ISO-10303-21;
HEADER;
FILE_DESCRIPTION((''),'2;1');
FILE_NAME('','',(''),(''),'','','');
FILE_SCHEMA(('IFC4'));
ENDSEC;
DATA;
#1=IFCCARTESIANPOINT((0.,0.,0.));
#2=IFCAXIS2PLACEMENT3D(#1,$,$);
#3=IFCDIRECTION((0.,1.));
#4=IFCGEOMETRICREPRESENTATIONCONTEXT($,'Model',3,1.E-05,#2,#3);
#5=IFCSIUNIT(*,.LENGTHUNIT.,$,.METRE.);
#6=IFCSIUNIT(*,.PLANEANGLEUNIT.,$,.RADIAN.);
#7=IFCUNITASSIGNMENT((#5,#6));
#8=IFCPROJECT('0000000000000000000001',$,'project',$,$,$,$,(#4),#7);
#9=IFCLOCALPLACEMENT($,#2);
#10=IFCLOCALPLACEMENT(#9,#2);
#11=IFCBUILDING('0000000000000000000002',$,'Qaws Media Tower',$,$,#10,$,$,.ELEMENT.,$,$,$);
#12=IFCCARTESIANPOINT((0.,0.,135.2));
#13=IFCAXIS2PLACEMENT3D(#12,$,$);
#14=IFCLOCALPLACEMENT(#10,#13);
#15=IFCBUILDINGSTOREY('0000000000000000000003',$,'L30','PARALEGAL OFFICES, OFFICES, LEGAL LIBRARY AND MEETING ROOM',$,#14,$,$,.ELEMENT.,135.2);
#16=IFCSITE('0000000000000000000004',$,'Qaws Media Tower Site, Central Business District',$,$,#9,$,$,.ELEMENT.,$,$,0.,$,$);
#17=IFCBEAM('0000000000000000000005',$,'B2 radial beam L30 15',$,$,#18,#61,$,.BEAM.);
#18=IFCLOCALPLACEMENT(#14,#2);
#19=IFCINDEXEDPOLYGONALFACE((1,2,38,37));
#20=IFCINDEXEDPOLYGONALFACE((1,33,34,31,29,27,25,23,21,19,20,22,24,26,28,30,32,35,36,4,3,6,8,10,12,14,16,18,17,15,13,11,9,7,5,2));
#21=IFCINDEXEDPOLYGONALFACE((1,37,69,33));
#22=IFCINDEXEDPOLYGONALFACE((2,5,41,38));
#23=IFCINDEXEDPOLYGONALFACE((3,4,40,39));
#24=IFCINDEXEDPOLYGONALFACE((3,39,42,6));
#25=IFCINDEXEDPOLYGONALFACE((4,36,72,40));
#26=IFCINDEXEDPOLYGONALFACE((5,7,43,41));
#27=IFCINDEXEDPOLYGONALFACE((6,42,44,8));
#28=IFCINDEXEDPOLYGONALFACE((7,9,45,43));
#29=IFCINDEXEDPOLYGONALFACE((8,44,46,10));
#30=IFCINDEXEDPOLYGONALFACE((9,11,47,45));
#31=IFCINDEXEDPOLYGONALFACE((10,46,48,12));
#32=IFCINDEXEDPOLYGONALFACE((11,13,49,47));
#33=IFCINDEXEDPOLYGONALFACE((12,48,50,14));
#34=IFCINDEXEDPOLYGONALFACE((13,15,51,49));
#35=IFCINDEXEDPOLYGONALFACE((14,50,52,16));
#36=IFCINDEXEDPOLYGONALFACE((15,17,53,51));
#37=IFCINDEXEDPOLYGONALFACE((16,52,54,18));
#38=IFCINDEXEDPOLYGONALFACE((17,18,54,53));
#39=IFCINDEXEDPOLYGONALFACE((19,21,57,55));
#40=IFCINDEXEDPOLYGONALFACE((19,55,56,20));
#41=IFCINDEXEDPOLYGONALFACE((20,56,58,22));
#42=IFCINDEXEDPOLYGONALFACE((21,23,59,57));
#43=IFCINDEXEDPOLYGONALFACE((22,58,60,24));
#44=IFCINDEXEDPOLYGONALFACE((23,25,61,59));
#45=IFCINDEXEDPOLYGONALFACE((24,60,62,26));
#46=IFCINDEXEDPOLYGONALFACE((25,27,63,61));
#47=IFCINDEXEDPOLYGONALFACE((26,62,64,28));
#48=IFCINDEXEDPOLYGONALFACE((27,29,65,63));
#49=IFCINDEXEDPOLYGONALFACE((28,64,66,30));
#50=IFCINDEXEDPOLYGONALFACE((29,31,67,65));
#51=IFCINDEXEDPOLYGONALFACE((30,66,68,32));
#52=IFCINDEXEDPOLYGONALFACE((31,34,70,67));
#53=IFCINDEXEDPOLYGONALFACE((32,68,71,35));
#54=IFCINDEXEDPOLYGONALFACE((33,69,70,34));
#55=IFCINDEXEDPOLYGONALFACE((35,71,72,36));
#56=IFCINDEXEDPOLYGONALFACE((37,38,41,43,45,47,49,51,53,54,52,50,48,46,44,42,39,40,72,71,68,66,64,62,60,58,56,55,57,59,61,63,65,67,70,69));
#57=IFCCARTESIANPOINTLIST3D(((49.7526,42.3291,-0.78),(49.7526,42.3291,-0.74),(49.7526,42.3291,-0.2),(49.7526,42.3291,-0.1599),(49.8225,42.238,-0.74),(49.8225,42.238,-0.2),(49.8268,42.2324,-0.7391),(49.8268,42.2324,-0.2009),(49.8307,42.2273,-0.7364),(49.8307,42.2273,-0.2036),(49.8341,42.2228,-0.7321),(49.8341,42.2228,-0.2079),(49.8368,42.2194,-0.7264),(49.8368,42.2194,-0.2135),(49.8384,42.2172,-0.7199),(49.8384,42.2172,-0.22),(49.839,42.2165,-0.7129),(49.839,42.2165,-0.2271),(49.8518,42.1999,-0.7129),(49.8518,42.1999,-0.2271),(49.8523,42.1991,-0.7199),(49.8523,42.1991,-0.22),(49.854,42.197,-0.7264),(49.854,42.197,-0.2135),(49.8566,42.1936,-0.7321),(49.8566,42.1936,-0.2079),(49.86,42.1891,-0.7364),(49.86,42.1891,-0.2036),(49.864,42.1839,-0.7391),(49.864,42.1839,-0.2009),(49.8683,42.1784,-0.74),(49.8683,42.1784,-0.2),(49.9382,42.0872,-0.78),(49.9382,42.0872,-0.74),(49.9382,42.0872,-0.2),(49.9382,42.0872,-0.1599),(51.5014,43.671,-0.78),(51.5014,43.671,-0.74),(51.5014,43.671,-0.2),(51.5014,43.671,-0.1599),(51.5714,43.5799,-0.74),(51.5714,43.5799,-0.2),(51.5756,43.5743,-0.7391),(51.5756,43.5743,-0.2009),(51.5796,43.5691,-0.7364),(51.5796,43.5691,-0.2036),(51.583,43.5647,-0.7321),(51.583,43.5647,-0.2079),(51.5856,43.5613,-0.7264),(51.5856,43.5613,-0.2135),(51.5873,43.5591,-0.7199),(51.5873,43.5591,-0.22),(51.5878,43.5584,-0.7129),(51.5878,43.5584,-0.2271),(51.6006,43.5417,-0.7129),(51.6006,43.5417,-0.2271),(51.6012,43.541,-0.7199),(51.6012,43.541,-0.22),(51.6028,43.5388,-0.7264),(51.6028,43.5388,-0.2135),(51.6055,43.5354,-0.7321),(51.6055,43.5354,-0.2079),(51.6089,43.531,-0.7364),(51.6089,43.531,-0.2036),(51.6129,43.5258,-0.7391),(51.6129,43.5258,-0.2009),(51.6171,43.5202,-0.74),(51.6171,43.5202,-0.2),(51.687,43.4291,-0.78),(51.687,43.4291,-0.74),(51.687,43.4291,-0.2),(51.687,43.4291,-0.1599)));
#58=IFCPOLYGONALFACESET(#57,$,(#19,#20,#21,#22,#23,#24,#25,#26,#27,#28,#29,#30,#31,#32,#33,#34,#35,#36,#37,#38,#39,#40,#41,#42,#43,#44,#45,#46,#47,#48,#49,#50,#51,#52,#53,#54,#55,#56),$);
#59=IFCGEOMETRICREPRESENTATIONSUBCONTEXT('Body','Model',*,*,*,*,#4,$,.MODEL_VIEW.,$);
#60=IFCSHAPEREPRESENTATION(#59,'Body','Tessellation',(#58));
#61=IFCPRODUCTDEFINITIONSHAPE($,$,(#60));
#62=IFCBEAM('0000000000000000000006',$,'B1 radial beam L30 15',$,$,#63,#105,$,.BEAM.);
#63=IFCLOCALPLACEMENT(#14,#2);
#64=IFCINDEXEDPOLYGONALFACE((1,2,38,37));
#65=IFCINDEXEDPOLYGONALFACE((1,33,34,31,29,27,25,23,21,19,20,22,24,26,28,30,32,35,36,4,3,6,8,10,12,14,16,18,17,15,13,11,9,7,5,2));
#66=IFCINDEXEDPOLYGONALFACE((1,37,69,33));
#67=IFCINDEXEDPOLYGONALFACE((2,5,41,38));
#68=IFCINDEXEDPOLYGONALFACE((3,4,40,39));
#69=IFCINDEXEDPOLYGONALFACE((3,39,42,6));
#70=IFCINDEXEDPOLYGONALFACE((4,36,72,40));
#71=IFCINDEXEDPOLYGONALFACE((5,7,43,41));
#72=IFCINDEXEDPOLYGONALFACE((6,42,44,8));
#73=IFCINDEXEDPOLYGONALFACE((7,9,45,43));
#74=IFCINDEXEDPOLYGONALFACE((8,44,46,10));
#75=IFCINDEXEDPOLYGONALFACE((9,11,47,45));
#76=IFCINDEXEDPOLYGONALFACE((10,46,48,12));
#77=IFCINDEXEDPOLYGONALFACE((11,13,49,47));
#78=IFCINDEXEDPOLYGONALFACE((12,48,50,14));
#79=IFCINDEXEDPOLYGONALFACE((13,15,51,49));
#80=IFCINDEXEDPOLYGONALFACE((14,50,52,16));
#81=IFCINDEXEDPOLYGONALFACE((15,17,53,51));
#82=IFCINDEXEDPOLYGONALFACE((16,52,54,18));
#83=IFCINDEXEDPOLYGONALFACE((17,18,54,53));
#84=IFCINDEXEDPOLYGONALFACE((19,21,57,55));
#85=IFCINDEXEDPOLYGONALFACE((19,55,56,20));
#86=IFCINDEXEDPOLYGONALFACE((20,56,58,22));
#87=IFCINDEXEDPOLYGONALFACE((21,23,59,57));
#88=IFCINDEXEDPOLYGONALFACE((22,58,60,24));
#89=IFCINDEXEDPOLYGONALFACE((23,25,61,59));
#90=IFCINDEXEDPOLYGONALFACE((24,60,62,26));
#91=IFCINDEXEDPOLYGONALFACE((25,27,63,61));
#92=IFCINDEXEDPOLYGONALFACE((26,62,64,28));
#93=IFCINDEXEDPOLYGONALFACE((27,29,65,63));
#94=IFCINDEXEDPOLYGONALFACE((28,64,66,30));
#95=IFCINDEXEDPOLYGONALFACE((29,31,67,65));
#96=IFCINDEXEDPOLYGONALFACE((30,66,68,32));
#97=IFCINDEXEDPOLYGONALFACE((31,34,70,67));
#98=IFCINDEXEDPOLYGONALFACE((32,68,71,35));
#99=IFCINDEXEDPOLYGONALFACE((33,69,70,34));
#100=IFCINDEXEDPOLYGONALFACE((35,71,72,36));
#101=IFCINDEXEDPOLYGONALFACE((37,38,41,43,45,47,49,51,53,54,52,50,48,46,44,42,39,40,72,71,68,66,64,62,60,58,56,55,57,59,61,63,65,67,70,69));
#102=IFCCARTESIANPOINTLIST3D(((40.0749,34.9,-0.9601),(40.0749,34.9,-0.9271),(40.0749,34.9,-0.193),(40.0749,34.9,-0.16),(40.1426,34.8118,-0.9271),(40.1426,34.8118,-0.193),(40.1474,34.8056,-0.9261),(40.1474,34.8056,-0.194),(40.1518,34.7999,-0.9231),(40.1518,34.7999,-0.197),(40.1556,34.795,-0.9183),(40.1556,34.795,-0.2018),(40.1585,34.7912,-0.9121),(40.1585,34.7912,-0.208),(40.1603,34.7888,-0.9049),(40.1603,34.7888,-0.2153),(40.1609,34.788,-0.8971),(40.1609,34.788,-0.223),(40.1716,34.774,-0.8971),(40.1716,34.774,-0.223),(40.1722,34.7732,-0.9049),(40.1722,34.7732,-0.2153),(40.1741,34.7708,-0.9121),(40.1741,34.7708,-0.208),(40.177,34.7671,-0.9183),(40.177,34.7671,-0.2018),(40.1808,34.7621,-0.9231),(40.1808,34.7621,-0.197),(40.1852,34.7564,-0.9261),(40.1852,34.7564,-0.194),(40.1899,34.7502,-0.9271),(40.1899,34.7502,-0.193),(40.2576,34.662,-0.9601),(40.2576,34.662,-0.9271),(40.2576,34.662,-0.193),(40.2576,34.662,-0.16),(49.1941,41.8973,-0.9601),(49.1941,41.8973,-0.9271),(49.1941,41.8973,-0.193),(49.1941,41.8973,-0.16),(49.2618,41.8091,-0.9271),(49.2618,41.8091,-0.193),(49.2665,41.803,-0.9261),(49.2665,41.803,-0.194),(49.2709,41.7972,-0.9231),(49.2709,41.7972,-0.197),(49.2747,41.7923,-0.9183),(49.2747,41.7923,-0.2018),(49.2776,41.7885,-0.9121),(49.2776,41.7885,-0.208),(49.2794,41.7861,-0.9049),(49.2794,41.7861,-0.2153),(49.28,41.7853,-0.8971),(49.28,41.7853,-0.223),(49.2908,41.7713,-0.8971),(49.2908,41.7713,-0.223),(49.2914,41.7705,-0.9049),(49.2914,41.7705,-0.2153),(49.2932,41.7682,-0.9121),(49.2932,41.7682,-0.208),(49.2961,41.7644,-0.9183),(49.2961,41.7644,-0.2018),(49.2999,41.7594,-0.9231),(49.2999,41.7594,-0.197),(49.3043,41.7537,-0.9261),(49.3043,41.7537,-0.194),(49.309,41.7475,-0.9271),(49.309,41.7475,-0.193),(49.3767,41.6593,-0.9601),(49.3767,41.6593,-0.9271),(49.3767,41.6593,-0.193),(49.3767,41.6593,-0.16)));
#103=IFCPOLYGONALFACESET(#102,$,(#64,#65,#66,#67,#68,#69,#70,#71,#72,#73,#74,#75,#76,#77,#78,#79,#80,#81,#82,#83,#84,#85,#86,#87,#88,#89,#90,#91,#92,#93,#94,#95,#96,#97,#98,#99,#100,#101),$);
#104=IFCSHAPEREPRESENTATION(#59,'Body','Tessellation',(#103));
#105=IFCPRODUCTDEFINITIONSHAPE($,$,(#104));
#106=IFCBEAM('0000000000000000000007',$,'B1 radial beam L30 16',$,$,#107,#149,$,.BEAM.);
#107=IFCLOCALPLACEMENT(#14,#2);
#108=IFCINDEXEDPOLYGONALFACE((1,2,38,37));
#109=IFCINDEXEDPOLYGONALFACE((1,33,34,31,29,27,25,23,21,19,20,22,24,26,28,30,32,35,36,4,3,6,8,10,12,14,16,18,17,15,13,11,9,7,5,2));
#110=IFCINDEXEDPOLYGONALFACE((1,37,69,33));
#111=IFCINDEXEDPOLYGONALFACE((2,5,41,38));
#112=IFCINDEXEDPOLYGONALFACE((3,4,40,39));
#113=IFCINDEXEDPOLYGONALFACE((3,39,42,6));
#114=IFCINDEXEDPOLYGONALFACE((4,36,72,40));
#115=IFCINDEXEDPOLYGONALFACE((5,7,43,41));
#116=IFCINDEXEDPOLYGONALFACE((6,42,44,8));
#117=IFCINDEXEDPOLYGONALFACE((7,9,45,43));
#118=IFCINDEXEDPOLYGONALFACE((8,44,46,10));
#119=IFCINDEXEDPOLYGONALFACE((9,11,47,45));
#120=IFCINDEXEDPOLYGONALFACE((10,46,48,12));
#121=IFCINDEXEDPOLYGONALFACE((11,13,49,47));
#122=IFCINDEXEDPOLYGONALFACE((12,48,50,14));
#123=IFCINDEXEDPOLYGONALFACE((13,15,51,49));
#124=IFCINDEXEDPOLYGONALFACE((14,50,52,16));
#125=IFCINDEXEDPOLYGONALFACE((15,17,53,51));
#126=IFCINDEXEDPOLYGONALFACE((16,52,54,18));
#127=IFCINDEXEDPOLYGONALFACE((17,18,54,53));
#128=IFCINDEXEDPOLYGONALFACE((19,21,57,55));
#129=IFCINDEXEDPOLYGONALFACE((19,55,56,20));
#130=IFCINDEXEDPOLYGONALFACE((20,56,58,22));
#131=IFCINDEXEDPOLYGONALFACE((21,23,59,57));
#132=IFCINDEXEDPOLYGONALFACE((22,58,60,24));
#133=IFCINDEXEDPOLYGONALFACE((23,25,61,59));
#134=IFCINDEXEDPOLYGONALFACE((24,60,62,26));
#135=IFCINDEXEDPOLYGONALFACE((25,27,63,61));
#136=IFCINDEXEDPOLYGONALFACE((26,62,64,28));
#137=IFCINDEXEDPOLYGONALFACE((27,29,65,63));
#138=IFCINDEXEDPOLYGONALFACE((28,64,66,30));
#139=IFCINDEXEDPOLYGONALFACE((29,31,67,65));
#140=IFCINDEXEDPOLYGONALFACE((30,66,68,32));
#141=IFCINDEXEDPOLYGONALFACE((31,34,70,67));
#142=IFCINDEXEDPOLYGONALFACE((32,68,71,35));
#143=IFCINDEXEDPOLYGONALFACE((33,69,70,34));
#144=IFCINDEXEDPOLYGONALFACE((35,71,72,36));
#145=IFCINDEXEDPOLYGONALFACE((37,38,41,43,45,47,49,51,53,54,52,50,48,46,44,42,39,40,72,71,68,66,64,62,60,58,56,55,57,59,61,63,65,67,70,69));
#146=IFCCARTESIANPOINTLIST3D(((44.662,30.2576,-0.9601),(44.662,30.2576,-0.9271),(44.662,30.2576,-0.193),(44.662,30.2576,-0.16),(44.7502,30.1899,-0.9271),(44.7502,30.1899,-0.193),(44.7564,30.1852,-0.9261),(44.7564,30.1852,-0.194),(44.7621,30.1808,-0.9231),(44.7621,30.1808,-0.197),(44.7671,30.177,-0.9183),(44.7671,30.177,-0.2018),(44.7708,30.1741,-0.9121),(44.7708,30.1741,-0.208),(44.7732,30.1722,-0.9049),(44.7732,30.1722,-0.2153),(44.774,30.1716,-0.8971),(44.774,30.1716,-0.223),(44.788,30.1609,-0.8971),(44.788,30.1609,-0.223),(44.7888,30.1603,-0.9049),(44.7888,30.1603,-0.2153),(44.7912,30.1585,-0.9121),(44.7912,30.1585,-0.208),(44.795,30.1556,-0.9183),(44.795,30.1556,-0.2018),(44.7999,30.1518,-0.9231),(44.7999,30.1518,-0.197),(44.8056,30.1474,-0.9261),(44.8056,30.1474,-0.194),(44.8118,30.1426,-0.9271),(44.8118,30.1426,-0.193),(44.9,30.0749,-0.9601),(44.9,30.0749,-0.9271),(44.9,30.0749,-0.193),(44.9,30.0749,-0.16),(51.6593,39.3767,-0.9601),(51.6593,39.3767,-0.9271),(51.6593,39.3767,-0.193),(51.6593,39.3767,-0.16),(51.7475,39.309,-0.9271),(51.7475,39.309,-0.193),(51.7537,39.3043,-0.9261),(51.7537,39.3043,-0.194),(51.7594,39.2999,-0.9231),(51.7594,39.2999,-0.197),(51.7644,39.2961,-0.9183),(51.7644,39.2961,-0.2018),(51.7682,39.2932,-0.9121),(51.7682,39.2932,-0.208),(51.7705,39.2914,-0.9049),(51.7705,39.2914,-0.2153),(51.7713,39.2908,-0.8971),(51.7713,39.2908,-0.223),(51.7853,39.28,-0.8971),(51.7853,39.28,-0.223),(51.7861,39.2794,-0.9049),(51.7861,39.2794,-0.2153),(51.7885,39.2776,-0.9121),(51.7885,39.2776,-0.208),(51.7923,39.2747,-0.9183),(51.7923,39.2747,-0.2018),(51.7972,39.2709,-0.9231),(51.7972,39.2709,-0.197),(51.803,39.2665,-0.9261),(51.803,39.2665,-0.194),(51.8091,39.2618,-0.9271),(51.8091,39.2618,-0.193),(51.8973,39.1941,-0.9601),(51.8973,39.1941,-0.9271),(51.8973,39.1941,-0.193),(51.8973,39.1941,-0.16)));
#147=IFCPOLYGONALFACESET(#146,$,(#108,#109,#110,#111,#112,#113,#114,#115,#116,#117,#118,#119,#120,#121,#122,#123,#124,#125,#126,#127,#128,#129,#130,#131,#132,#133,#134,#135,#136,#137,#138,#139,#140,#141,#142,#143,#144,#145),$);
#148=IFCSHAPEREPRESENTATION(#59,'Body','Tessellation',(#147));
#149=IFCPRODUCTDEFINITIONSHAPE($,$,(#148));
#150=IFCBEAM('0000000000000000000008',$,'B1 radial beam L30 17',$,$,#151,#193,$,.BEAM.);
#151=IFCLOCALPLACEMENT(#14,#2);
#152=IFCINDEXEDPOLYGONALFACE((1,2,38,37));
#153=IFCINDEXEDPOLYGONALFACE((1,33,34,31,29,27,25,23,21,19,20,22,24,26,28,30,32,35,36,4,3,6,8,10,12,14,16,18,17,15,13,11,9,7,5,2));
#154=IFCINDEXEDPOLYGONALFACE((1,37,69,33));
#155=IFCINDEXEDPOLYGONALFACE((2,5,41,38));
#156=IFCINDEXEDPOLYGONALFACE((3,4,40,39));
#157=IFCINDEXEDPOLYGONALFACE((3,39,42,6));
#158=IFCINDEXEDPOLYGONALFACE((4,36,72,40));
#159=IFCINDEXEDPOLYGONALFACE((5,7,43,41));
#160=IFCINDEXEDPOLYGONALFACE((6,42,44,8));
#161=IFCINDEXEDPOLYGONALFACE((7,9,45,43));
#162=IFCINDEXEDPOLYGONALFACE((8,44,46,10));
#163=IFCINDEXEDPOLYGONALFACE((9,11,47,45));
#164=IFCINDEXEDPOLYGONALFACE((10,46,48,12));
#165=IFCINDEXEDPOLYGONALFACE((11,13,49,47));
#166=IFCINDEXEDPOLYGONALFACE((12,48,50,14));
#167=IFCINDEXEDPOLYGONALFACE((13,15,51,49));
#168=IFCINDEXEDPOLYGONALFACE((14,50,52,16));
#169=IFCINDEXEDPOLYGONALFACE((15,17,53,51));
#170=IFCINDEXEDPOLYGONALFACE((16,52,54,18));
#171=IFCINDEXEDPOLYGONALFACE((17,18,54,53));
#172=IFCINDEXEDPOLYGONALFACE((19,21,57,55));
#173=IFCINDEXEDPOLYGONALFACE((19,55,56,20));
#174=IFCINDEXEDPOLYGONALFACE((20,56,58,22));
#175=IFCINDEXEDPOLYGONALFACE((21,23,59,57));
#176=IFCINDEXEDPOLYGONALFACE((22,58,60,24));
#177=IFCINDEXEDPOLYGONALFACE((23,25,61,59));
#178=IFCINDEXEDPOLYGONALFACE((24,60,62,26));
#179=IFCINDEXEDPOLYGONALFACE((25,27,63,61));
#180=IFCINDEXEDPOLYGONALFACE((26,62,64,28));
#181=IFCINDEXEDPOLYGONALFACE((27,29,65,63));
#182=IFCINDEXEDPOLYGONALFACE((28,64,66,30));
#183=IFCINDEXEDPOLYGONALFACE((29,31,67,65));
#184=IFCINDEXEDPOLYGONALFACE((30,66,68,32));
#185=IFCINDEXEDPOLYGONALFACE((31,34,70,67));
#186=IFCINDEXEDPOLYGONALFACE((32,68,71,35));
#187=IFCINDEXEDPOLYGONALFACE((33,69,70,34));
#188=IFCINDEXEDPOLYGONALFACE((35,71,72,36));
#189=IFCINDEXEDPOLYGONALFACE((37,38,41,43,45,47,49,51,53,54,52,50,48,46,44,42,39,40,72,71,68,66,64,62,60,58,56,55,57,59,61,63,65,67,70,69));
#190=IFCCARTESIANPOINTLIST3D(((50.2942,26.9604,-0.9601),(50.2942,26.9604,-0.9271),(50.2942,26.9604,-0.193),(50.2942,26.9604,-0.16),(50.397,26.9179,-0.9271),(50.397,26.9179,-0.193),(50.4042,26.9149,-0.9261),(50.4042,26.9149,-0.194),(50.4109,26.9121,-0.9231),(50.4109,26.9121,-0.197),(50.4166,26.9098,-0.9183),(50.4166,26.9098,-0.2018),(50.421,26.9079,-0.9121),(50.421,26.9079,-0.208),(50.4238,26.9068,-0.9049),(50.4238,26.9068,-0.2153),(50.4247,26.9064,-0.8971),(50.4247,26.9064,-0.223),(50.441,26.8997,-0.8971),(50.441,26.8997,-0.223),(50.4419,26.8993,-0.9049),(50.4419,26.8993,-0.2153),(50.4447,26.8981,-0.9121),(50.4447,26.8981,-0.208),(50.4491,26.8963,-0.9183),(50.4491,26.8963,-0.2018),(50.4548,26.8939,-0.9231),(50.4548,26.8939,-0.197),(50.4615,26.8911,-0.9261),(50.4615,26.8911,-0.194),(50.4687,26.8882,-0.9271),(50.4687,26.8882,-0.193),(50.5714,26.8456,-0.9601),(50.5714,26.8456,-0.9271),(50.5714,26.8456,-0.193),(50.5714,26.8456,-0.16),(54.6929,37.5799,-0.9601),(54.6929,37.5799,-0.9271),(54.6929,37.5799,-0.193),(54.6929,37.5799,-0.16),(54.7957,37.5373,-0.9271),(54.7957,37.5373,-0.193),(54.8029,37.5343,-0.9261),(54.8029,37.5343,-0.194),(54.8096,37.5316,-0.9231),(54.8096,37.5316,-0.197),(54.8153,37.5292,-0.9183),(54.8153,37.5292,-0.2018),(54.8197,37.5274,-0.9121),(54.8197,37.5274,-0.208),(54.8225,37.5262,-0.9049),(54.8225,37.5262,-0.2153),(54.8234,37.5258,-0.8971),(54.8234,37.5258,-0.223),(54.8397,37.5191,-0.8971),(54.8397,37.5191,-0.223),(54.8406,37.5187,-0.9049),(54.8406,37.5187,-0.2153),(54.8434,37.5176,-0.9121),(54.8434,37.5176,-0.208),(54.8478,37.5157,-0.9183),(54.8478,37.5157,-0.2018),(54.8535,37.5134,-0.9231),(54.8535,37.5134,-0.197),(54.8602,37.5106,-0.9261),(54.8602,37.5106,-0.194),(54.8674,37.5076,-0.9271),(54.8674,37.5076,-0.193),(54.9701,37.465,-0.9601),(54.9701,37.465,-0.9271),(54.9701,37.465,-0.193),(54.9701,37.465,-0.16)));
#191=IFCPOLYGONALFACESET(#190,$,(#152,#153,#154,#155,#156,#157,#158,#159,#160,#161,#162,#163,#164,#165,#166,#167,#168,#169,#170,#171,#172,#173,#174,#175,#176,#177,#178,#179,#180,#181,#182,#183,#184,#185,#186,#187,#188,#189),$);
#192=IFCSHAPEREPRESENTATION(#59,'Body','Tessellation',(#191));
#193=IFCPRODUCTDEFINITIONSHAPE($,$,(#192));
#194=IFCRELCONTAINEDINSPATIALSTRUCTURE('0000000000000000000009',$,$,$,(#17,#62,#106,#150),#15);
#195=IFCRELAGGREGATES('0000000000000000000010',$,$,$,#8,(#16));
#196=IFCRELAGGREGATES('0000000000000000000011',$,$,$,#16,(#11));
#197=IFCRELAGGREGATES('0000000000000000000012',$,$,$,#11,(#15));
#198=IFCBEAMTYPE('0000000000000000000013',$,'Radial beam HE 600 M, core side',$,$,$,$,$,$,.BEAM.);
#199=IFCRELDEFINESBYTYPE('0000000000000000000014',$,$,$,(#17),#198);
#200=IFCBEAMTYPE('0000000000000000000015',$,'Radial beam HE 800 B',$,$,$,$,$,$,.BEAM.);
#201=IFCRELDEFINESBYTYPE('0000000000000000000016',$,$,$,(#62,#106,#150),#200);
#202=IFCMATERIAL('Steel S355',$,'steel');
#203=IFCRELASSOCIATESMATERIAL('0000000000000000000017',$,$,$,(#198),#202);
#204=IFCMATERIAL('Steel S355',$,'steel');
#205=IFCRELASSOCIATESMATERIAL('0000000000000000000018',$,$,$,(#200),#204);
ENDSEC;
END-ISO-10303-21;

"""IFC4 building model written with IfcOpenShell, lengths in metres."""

from ifc_helpers import new_model, si_unit, direction, frame, origin, origin_2d, place, context, subcontext, project, spatial, i_section, extrude, material, material_profile, profile_set, type_object, element, save


model = new_model("IFC4")

# Units and contexts
model_context = context("Model", 3, precision=1e-05, world=origin(), true_north=direction((0.0, 1.0)))
body_context = subcontext(model_context, "Body", "Model", "MODEL_VIEW")
ifc_project = project(units=[si_unit("LENGTHUNIT", "METRE"), si_unit("PLANEANGLEUNIT", "RADIAN")], contexts=[model_context])

# Site, building, storey
site_placement = place(None, origin())
site = spatial("IfcSite", under=ifc_project, at=site_placement, Name="Qaws Media Tower Site, Central Business District", CompositionType="ELEMENT", RefElevation=0.0)
building_placement = place(site_placement, origin())
building = spatial("IfcBuilding", under=site, at=building_placement, Name="Qaws Media Tower", CompositionType="ELEMENT")
storey_placement = place(building_placement, frame((0.0, 0.0, 135.2)))
storey = spatial("IfcBuildingStorey", under=building, at=storey_placement, Name="L30", Description="PARALEGAL OFFICES, OFFICES, LEGAL LIBRARY AND MEETING ROOM", CompositionType="ELEMENT", Elevation=135.2)

# Beams
ifc_material_1 = material(Name="Steel S355", Category="steel")
ifc_material_profile_1 = material_profile(ifc_material_1, i_section(OverallWidth=0.3049, OverallDepth=0.6201, WebThickness=0.021, FlangeThickness=0.04, FilletRadius=0.0271, at=origin_2d()), Name="HE 600 M")
ifc_profile_set_1 = profile_set([ifc_material_profile_1], Name="Steel S355")
beam_type_1 = type_object("IfcBeamType", Name="Radial beam HE 600 M, core side", PredefinedType="BEAM", material=ifc_profile_set_1)
beam_1_placement = place(storey_placement, frame((51.5942, 43.55, -0.47), z_axis=(-0.793373, -0.608736, 0.0), x_axis=(0.608736, -0.793373, 0.0)))
element("IfcBeam", 1, at=beam_1_placement, inside=storey, type_object=beam_type_1, Name="B2 radial beam L30 15", PredefinedType="BEAM", context=body_context, shape_type="SweptSolid", body=[
    extrude(i_section(OverallWidth=0.3049, OverallDepth=0.6201, WebThickness=0.021, FlangeThickness=0.04, FilletRadius=0.0271, at=origin_2d()), origin(), (0.0, 0.0, 1.0), 2.2043),
])
ifc_material_2 = material(Name="Steel S355", Category="steel")
ifc_material_profile_2 = material_profile(ifc_material_2, i_section(OverallWidth=0.3, OverallDepth=0.8, WebThickness=0.0176, FlangeThickness=0.033, FilletRadius=0.03, at=origin_2d()), Name="HE 800 B")
ifc_profile_set_2 = profile_set([ifc_material_profile_2], Name="Steel S355")
beam_type_2 = type_object("IfcBeamType", Name="Radial beam HE 800 B", PredefinedType="BEAM", material=ifc_profile_set_2)
for number, where, z_axis, x_axis, name in (
    (2, (49.2854, 41.7783, -0.5601), (-0.793355, -0.608759, 0.0), (0.608759, -0.793355, 0.0), "B1 radial beam L30 15"),
    (3, (51.7783, 39.2854, -0.5601), (-0.608759, -0.793355, 0.0), (0.793355, -0.608759, 0.0), "B1 radial beam L30 16"),
    (4, (54.8315, 37.5225, -0.5601), (-0.382683, -0.92388, 0.0), (0.92388, -0.382683, 0.0), "B1 radial beam L30 17"),
):
    element("IfcBeam", number, at=place(storey_placement, frame(where, z_axis=z_axis, x_axis=x_axis)), inside=storey, type_object=beam_type_2, Name=name, PredefinedType="BEAM", context=body_context, shape_type="SweptSolid", body=[
        extrude(i_section(OverallWidth=0.3, OverallDepth=0.8, WebThickness=0.0176, FlangeThickness=0.033, FilletRadius=0.03, at=origin_2d()), origin(), (0.0, 0.0, 1.0), 11.4944),
    ])

save(model, "model.ifc")
